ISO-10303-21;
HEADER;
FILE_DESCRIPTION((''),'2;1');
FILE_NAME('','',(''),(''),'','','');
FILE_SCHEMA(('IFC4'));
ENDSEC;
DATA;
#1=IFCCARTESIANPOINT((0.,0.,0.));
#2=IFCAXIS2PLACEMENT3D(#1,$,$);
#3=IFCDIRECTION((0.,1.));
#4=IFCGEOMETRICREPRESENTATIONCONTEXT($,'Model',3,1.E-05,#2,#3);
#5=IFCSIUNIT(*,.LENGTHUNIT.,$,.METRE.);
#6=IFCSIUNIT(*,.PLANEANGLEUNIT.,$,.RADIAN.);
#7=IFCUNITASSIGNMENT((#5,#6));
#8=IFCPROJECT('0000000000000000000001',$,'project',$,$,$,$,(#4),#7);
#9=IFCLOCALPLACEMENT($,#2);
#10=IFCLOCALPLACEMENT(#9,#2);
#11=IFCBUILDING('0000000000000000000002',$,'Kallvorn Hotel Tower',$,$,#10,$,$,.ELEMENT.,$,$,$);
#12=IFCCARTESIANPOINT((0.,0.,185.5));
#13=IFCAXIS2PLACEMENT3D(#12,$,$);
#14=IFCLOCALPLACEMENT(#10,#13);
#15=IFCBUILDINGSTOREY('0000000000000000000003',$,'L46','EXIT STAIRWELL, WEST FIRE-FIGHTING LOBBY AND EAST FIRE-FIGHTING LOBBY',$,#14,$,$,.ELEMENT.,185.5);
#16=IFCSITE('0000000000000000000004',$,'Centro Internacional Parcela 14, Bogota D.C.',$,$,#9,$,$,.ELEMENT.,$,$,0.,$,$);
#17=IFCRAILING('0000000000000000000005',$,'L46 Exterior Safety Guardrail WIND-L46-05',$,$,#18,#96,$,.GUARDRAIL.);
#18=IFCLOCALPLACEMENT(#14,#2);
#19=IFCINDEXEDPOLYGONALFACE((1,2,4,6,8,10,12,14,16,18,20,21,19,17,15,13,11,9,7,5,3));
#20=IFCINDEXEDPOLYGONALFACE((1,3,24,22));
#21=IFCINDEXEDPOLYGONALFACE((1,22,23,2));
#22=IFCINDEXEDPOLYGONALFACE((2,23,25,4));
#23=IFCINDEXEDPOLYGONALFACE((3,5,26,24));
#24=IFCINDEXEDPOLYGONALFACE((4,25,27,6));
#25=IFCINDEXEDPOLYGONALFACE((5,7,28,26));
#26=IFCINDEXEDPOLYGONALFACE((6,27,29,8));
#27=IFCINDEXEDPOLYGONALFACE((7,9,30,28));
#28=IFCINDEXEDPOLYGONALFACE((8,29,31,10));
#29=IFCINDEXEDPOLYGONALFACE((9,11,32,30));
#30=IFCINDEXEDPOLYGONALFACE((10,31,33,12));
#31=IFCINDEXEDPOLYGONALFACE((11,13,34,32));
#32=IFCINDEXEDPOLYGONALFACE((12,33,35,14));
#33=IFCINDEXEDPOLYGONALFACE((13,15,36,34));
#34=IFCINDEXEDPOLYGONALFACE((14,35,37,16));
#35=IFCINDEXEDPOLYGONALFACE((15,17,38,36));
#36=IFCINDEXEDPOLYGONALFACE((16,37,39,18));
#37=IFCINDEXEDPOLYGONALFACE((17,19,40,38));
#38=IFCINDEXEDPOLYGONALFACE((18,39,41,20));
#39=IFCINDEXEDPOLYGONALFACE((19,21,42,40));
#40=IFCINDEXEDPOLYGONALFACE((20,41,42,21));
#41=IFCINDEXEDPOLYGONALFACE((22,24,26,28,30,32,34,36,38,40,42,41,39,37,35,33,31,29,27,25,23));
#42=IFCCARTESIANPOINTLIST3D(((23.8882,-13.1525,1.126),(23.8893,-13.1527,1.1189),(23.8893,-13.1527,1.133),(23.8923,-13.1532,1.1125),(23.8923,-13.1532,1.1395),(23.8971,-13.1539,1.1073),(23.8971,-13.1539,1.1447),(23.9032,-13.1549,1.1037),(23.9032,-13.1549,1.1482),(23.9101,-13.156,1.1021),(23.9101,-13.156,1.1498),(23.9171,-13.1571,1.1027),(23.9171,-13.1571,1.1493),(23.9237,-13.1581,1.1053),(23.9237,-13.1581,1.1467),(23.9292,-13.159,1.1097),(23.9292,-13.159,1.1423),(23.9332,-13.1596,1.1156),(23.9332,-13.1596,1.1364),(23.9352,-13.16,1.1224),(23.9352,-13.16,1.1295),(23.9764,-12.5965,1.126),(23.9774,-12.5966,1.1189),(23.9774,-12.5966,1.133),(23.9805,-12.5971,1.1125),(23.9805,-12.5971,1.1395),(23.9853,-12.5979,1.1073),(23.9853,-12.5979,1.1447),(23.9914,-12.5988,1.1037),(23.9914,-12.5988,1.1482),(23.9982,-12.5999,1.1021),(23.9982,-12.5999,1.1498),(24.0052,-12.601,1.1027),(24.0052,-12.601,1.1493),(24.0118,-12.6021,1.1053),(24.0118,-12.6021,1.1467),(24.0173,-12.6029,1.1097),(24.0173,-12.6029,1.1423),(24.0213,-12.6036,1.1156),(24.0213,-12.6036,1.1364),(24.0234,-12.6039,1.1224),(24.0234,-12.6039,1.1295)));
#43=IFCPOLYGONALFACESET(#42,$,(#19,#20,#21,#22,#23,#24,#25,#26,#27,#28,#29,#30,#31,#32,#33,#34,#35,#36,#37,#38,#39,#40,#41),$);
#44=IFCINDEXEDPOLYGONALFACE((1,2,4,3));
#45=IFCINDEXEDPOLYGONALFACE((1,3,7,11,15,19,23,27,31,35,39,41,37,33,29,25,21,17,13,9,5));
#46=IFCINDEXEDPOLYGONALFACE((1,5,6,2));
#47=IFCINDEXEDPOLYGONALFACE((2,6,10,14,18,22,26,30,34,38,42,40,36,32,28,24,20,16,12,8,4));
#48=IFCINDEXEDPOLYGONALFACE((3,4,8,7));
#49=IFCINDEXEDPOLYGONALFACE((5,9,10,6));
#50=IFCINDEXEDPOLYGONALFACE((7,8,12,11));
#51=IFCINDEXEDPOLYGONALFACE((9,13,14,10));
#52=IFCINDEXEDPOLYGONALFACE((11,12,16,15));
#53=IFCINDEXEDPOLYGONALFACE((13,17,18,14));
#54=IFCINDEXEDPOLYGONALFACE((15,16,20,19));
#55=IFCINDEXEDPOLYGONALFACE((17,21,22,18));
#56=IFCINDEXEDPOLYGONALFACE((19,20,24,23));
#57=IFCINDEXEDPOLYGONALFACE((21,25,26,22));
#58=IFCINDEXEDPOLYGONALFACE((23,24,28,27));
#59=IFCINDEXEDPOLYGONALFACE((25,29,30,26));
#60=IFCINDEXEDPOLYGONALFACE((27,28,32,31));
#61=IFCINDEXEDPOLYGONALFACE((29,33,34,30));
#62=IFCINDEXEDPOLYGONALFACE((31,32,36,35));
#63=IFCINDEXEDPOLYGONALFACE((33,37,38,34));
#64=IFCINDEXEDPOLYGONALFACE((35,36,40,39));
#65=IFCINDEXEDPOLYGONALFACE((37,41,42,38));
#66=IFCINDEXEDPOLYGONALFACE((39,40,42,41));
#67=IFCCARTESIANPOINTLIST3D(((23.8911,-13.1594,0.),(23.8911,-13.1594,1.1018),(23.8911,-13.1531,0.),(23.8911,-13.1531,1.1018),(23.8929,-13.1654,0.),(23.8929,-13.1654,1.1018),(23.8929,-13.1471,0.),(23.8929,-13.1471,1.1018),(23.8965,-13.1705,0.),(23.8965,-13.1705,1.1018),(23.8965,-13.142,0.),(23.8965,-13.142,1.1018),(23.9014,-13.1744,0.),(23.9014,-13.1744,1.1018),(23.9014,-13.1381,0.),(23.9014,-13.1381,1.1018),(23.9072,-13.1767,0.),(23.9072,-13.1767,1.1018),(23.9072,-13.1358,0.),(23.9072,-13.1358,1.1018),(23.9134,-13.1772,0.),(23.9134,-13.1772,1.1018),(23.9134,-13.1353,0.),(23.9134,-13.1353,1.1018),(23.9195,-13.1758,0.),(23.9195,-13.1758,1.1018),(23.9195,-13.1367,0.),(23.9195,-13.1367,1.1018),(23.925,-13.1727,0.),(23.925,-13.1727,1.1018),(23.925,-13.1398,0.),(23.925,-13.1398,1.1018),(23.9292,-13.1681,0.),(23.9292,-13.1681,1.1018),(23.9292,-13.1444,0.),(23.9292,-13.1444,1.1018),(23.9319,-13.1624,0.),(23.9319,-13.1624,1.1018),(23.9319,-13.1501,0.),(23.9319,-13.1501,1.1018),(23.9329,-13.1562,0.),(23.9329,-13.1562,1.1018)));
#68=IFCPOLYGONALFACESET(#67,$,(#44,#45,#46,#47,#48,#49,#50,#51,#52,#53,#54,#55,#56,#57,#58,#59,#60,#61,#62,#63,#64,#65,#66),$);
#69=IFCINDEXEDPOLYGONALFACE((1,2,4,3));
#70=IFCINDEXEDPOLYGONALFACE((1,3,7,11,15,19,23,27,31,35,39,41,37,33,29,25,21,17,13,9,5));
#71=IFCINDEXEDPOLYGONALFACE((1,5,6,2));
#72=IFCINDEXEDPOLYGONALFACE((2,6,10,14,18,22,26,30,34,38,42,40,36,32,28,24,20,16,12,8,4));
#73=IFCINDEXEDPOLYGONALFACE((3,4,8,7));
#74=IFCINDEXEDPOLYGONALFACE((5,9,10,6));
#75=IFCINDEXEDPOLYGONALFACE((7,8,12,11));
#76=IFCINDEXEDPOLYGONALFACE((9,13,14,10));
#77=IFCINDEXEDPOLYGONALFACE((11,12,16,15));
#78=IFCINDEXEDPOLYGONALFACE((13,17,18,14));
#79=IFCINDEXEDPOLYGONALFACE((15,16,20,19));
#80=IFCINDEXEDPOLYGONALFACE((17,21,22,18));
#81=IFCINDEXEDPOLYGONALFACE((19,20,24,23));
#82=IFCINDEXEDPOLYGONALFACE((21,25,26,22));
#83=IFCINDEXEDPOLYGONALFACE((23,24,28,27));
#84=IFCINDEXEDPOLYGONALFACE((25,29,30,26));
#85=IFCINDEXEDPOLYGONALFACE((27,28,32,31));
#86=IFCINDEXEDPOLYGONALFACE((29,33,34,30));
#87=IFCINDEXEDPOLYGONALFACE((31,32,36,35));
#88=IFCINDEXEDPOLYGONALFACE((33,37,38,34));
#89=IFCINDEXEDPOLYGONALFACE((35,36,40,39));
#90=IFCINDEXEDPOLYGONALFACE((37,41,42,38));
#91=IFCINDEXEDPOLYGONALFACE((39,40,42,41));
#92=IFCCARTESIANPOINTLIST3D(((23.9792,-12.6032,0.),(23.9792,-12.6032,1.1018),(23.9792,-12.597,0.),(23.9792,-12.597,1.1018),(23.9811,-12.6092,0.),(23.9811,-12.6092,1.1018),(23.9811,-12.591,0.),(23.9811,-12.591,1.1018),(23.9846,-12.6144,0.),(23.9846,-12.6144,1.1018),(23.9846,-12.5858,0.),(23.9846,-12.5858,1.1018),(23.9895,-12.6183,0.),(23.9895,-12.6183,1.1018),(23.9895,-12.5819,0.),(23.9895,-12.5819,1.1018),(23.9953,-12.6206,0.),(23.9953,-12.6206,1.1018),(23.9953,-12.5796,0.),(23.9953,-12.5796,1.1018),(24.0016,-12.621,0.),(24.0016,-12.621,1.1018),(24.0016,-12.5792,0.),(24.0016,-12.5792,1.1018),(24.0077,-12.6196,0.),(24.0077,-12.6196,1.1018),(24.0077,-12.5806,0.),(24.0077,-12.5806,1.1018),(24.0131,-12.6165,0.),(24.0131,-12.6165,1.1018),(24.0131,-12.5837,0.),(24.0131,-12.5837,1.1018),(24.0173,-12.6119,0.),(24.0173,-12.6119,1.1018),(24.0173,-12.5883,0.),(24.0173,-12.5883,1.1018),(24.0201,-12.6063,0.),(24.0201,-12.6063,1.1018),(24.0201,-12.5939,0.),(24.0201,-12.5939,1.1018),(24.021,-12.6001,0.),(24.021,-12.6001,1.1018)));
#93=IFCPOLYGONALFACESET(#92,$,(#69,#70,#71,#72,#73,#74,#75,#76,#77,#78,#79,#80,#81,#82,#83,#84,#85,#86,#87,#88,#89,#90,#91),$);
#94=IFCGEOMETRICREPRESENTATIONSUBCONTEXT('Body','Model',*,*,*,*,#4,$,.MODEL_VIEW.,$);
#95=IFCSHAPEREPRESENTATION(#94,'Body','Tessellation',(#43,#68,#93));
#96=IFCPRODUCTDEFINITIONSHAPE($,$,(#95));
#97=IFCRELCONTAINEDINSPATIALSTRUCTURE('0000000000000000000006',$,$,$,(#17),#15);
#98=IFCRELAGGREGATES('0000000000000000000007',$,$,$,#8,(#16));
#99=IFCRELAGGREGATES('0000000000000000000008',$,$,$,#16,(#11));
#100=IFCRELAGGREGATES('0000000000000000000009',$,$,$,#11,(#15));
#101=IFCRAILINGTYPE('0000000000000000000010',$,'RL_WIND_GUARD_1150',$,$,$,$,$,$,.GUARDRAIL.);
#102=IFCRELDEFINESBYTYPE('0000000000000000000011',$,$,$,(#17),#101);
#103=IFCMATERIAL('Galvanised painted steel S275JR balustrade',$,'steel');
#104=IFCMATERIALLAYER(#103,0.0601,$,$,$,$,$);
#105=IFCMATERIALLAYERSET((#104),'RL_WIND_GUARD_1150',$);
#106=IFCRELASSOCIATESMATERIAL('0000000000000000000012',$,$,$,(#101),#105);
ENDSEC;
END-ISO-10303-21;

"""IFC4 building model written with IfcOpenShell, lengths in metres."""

from ifc_helpers import new_model, si_unit, direction, frame, origin, origin_2d, place, context, subcontext, project, spatial, circle, extrude, material, layer, layer_set, type_object, element, save


model = new_model("IFC4")

# Units and contexts
model_context = context("Model", 3, precision=1e-05, world=origin(), true_north=direction((0.0, 1.0)))
body_context = subcontext(model_context, "Body", "Model", "MODEL_VIEW")
ifc_project = project(units=[si_unit("LENGTHUNIT", "METRE"), si_unit("PLANEANGLEUNIT", "RADIAN")], contexts=[model_context])

# Site, building, storey
site_placement = place(None, origin())
site = spatial("IfcSite", under=ifc_project, at=site_placement, Name="Centro Internacional Parcela 14, Bogota D.C.", CompositionType="ELEMENT", RefElevation=0.0)
building_placement = place(site_placement, origin())
building = spatial("IfcBuilding", under=site, at=building_placement, Name="Kallvorn Hotel Tower", CompositionType="ELEMENT")
storey_placement = place(building_placement, frame((0.0, 0.0, 185.5)))
storey = spatial("IfcBuildingStorey", under=building, at=storey_placement, Name="L46", Description="EXIT STAIRWELL, WEST FIRE-FIGHTING LOBBY AND EAST FIRE-FIGHTING LOBBY", CompositionType="ELEMENT", Elevation=185.5)

# Railing
ifc_material_1 = material(Name="Galvanised painted steel S275JR balustrade", Category="steel")
ifc_layer_1 = layer(ifc_material_1, 0.0601)
ifc_layer_set_1 = layer_set([ifc_layer_1], Name="RL_WIND_GUARD_1150")
railing_type = type_object("IfcRailingType", Name="RL_WIND_GUARD_1150", PredefinedType="GUARDRAIL", material=ifc_layer_set_1)
railing_1_placement = place(storey_placement, frame((23.9119, -13.1562, 0.0)))
element("IfcRailing", 1, at=railing_1_placement, inside=storey, type_object=railing_type, Name="L46 Exterior Safety Guardrail WIND-L46-05", PredefinedType="GUARDRAIL", context=body_context, shape_type="SweptSolid", body=[
    extrude(circle(Radius=0.0239, at=origin_2d()), frame((0.0, 0.0, 1.126), z_axis=(0.156519, 0.987675, 0.0), x_axis=(-0.987675, 0.156519, 0.0)), (0.0, 0.0, 1.0), 0.563),
    extrude(circle(Radius=0.021, at=origin_2d()), origin(), (0.0, 0.0, 1.0), 1.1018),
    extrude(circle(Radius=0.021, at=origin_2d()), frame((0.0881, 0.5562, 0.0)), (0.0, 0.0, 1.0), 1.1018),
])

save(model, "model.ifc")
